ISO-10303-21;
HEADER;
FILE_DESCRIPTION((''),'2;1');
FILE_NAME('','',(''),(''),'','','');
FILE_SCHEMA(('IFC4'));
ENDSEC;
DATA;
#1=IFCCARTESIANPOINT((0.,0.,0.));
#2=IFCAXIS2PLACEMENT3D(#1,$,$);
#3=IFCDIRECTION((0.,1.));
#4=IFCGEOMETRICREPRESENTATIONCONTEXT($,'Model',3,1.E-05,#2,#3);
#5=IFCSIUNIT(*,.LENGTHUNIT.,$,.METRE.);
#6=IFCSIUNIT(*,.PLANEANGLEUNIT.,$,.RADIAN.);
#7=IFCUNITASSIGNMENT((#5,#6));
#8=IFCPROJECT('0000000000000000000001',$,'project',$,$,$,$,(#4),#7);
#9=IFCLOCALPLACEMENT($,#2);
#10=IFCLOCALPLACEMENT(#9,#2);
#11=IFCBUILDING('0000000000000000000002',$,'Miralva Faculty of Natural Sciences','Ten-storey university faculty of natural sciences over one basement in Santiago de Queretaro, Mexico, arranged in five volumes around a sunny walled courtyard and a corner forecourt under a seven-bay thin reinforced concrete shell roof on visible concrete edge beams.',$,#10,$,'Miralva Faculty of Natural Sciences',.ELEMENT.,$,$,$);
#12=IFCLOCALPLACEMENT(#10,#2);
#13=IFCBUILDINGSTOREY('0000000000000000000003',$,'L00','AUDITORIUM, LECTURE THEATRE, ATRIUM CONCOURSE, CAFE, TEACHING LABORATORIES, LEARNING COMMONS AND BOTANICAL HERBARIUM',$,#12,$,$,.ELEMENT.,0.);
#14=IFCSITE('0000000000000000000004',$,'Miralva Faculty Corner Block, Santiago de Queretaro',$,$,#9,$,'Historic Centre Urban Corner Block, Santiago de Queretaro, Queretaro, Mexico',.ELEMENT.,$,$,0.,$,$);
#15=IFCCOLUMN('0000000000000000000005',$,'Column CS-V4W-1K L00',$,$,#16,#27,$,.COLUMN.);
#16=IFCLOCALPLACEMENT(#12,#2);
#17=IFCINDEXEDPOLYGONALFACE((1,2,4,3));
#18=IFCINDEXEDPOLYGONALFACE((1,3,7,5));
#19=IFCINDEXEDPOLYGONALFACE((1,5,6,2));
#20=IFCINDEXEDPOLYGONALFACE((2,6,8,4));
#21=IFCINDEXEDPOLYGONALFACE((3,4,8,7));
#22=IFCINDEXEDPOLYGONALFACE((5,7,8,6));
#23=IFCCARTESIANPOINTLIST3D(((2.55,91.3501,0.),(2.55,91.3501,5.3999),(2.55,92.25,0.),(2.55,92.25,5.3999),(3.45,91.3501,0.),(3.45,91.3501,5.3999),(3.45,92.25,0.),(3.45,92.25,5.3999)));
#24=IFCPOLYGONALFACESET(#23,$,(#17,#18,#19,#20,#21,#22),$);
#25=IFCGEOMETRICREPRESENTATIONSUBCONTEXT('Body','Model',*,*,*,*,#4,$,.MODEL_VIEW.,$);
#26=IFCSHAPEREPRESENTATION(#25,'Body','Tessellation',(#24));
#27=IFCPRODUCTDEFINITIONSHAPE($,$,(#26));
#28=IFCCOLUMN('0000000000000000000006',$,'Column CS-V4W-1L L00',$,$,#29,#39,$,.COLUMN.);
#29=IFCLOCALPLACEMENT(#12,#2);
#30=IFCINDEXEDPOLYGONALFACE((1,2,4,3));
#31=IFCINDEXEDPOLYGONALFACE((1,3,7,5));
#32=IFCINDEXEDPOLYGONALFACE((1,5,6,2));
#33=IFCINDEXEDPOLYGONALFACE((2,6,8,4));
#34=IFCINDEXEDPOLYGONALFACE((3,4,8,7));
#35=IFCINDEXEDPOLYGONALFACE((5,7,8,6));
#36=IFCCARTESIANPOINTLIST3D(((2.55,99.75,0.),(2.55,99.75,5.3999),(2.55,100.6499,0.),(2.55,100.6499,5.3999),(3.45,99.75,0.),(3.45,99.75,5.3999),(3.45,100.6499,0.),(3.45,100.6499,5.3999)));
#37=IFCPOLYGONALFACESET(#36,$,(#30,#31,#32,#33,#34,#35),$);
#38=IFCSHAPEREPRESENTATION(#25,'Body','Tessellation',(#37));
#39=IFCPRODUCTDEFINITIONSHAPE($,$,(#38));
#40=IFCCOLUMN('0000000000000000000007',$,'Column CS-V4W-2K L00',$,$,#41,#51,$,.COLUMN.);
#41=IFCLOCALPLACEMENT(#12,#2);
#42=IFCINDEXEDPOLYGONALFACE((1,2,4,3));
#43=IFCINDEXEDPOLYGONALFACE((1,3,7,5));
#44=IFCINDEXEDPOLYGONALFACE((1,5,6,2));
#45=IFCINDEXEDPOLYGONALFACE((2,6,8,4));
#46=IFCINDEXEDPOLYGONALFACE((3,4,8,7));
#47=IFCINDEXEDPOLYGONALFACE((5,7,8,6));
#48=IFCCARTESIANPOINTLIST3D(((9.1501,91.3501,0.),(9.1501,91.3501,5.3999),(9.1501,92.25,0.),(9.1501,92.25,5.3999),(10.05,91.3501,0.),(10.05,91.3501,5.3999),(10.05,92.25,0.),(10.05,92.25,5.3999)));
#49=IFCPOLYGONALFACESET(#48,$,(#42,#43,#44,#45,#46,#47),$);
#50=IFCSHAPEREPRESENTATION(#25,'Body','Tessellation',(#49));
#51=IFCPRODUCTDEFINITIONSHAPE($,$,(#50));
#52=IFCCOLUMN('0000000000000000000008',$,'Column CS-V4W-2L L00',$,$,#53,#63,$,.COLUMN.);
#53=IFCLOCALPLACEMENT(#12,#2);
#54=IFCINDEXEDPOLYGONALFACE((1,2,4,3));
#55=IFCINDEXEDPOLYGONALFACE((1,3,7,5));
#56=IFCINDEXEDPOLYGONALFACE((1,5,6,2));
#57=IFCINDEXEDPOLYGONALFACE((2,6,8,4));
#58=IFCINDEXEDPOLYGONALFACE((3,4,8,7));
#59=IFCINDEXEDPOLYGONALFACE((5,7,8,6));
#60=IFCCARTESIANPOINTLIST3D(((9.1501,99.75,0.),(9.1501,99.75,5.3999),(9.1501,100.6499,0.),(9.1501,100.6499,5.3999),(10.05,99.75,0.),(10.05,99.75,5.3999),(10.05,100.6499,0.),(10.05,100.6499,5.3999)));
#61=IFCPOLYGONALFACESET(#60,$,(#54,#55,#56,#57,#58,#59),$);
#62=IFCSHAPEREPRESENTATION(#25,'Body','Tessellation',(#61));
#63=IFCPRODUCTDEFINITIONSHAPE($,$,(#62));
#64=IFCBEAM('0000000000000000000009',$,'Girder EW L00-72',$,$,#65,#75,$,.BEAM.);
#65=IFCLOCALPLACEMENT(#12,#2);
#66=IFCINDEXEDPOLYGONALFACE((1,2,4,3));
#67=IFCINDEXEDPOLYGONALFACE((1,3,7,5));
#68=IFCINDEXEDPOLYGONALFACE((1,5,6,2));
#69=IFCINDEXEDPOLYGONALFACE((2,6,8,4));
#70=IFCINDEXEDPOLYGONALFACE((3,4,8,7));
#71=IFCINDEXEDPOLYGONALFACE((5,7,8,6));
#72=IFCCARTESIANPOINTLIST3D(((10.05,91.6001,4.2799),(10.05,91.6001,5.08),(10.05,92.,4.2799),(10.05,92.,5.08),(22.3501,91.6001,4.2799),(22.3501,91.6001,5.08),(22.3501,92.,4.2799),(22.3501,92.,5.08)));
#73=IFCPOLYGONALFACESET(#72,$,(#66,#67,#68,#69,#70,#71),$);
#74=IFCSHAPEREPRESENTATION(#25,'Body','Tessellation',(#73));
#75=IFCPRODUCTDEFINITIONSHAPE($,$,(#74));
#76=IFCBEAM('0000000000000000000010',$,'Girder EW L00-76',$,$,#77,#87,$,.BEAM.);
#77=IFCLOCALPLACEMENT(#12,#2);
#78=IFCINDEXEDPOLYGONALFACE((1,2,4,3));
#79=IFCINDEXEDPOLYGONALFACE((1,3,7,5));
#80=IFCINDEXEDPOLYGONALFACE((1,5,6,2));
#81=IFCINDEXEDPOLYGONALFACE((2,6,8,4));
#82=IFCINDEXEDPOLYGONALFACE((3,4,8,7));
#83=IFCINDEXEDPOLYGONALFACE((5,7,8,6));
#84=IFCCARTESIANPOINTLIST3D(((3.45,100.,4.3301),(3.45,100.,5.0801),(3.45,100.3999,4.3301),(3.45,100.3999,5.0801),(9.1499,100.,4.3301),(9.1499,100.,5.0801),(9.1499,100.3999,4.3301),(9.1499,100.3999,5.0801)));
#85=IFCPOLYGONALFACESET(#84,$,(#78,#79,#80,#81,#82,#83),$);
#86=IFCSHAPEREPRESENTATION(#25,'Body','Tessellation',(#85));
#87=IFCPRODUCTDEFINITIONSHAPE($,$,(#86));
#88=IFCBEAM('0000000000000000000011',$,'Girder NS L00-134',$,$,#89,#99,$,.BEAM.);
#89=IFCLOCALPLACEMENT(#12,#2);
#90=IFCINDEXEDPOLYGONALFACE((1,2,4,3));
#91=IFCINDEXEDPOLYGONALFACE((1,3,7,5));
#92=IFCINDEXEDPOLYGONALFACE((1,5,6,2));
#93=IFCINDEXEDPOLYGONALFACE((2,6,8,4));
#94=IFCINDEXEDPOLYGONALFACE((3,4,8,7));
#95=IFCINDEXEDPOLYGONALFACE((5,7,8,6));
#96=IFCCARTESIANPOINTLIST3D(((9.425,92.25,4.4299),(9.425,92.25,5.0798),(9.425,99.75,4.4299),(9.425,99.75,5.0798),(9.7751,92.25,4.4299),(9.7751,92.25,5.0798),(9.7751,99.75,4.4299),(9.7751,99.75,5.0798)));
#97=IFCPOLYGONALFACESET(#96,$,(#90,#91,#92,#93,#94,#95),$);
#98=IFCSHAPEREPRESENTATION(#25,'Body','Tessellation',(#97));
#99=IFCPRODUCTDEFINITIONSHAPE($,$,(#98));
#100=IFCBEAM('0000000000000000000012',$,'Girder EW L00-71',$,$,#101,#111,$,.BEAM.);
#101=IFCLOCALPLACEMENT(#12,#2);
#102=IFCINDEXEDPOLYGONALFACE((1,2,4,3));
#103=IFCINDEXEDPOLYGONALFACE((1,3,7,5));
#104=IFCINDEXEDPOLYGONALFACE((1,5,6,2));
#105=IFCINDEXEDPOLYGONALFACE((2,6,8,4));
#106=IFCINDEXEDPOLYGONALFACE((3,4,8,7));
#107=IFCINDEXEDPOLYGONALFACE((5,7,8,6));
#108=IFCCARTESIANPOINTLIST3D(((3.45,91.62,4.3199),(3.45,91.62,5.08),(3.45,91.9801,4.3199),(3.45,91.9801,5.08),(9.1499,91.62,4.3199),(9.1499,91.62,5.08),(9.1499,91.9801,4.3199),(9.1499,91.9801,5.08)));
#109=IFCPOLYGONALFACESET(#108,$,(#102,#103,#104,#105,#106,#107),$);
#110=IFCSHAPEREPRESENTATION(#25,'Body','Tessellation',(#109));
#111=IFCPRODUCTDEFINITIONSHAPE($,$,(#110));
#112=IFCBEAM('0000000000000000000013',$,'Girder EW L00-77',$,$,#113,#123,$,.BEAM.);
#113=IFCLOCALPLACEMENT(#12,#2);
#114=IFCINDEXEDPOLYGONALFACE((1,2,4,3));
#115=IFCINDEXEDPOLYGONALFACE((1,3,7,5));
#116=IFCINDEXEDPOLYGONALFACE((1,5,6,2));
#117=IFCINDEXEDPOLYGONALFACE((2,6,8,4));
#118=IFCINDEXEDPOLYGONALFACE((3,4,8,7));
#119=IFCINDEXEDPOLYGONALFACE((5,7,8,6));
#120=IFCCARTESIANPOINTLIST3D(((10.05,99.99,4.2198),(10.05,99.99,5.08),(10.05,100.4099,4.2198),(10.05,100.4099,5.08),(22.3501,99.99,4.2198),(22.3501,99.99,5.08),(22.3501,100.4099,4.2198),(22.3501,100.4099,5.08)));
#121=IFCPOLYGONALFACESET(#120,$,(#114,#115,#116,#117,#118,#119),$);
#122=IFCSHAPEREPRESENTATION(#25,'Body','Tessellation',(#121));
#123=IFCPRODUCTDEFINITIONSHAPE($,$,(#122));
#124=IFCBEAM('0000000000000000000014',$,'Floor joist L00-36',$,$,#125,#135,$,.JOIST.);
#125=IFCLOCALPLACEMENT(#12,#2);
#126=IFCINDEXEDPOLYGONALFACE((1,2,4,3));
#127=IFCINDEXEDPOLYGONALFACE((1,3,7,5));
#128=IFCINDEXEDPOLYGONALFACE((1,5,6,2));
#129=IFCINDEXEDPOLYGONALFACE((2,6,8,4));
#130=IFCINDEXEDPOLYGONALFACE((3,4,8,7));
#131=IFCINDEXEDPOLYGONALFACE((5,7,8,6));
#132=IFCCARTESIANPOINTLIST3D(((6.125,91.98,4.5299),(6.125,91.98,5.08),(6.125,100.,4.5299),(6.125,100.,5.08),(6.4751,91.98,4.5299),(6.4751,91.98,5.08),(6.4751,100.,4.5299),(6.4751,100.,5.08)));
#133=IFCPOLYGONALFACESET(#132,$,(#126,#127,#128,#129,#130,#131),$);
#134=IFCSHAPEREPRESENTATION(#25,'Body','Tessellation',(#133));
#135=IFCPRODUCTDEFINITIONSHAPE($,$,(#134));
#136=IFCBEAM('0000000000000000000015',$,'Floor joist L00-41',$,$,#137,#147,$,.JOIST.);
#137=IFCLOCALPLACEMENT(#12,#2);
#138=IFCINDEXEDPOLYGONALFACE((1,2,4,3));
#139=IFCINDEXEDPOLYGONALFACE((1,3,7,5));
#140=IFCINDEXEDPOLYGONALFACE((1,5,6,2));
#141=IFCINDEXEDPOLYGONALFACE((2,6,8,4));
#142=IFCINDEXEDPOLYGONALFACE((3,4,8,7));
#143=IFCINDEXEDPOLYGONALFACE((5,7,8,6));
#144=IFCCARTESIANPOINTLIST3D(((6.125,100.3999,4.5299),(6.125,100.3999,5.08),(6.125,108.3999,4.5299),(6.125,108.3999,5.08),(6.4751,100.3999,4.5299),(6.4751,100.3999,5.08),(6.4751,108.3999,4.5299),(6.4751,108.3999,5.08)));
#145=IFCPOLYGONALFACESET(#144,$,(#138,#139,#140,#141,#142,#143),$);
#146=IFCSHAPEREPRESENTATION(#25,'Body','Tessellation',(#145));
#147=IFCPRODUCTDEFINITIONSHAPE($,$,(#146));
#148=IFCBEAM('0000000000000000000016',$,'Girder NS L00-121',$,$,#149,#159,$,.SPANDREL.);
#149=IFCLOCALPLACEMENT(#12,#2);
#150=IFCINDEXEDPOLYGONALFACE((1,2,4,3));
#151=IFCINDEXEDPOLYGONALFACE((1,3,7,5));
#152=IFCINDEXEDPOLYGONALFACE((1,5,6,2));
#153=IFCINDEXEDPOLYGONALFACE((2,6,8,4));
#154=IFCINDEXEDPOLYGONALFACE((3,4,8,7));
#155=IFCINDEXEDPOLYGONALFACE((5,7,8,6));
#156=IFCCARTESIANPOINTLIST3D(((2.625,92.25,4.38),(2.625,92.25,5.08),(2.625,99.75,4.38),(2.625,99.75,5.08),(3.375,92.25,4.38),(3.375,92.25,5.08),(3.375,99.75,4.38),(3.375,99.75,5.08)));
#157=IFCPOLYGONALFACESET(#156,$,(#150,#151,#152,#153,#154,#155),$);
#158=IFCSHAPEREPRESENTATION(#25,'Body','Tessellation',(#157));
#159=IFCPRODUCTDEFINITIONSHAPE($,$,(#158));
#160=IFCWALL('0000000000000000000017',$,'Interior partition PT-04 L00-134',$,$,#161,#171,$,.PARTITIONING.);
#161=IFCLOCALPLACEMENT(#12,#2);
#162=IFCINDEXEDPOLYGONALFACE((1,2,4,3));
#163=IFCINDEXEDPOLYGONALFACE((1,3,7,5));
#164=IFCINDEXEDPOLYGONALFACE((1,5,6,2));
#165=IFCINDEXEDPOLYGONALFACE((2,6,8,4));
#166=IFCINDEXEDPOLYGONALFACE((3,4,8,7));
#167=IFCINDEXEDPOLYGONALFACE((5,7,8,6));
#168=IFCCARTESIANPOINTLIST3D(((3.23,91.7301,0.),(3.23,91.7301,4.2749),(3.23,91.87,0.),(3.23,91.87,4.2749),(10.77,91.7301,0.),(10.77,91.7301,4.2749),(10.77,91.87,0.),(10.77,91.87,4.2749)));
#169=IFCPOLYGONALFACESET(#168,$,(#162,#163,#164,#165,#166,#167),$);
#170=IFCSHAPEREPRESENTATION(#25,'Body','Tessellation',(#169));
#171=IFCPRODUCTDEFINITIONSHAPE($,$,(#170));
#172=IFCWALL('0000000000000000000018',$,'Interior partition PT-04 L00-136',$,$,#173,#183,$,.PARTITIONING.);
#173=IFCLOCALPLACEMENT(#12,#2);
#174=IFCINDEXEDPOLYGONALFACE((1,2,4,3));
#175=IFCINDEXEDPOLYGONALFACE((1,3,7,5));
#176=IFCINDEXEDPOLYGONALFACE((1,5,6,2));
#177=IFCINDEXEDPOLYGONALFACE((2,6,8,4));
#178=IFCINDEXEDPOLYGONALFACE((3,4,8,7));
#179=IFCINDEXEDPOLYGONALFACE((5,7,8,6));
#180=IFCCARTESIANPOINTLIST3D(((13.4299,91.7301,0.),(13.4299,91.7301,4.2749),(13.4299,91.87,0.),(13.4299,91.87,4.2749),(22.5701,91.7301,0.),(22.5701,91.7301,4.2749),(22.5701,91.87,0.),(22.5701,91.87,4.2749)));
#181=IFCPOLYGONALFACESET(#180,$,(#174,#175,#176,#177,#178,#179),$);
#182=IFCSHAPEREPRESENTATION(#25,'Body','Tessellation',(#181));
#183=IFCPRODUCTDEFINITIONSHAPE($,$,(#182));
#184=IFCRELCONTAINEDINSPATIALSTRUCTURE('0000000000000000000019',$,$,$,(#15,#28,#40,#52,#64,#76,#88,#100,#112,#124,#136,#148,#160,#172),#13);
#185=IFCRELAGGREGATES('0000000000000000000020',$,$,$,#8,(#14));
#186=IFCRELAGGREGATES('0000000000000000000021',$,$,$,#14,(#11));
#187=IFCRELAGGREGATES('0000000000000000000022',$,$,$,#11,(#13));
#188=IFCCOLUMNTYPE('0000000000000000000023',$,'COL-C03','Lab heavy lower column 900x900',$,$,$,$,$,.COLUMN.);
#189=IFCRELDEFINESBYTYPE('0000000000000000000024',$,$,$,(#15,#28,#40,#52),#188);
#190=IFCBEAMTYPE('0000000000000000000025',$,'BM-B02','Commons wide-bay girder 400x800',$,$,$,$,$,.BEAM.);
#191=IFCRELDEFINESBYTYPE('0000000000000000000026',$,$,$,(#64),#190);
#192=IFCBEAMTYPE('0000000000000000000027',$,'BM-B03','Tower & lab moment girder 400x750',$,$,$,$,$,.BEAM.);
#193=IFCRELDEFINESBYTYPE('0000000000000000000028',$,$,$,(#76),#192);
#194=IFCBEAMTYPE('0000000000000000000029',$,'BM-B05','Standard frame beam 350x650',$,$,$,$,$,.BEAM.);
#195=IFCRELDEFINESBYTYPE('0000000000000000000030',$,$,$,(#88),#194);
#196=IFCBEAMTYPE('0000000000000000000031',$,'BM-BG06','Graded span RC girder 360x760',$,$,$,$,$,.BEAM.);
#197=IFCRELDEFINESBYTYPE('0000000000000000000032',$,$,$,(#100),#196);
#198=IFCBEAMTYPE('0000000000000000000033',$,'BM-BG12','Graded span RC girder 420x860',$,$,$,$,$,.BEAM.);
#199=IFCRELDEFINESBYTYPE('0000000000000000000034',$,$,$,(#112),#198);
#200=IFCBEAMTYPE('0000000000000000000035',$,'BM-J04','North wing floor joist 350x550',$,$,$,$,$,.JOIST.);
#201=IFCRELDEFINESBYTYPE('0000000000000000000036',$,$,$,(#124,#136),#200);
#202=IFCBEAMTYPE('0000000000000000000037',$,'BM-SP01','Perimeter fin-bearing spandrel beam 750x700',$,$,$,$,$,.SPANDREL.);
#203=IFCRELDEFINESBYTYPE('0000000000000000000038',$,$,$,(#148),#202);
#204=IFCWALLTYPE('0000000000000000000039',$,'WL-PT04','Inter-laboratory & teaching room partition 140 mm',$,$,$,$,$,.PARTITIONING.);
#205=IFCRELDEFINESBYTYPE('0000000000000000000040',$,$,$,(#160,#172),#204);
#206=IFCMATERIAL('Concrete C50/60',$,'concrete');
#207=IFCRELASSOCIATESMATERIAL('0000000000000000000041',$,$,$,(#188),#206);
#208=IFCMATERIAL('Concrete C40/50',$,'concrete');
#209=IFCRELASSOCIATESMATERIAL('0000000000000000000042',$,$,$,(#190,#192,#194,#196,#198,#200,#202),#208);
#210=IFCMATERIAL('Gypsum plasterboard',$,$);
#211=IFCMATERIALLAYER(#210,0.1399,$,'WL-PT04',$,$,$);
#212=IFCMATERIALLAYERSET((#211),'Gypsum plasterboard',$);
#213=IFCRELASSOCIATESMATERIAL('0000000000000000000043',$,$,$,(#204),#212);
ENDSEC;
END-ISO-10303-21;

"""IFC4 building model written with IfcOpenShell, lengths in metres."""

from ifc_helpers import new_model, si_unit, direction, frame, frame_2d, origin, origin_2d, place, context, subcontext, project, spatial, rectangle, extrude, material, layer, layer_set, material_profile, profile_set, type_object, element, save


model = new_model("IFC4")

# Units and contexts
model_context = context("Model", 3, precision=1e-05, world=origin(), true_north=direction((0.0, 1.0)))
body_context = subcontext(model_context, "Body", "Model", "MODEL_VIEW")
ifc_project = project(units=[si_unit("LENGTHUNIT", "METRE"), si_unit("PLANEANGLEUNIT", "RADIAN")], contexts=[model_context])

# Site, building, storey
site_placement = place(None, origin())
site = spatial("IfcSite", under=ifc_project, at=site_placement, Name="Miralva Faculty Corner Block, Santiago de Queretaro", LongName="Historic Centre Urban Corner Block, Santiago de Queretaro, Queretaro, Mexico", CompositionType="ELEMENT", RefElevation=0.0)
building_placement = place(site_placement, origin())
building = spatial("IfcBuilding", under=site, at=building_placement, Name="Miralva Faculty of Natural Sciences", Description="Ten-storey university faculty of natural sciences over one basement in Santiago de Queretaro, Mexico, arranged in five volumes around a sunny walled courtyard and a corner forecourt under a seven-bay thin reinforced concrete shell roof on visible concrete edge beams.", LongName="Miralva Faculty of Natural Sciences", CompositionType="ELEMENT")
storey_placement = place(building_placement, origin())
storey = spatial("IfcBuildingStorey", under=building, at=storey_placement, Name="L00", Description="AUDITORIUM, LECTURE THEATRE, ATRIUM CONCOURSE, CAFE, TEACHING LABORATORIES, LEARNING COMMONS AND BOTANICAL HERBARIUM", CompositionType="ELEMENT", Elevation=0.0)

# Columns
ifc_material_1 = material(Name="Concrete C50/60", Category="concrete")
ifc_material_profile_1 = material_profile(ifc_material_1, rectangle(XDim=0.8999, YDim=0.8999, at=origin_2d()), Name="RC 900x900")
ifc_profile_set_1 = profile_set([ifc_material_profile_1], Name="Concrete C50/60")
column_type = type_object("IfcColumnType", Name="COL-C03", Description="Lab heavy lower column 900x900", PredefinedType="COLUMN", material=ifc_profile_set_1)
for number, where, z_axis, x_axis, name in (
    (1, (3.0, 91.8, 0.0), (0.0, 0.0, 1.0), (1.0, 0.0, 0.0), "Column CS-V4W-1K L00"),
    (2, (3.0, 100.2, 0.0), (0.0, 0.0, 1.0), (1.0, 0.0, 0.0), "Column CS-V4W-1L L00"),
    (3, (9.6001, 91.8, 0.0), (0.0, 0.0, 1.0), (1.0, 0.0, 0.0), "Column CS-V4W-2K L00"),
    (4, (9.6001, 100.2, 0.0), (0.0, 0.0, 1.0), (1.0, 0.0, 0.0), "Column CS-V4W-2L L00"),
):
    element("IfcColumn", number, at=place(storey_placement, frame(where, z_axis=z_axis, x_axis=x_axis)), inside=storey, type_object=column_type, Name=name, PredefinedType="COLUMN", context=body_context, shape_type="SweptSolid", body=[
        extrude(rectangle(XDim=0.8999, YDim=0.8999, at=origin_2d()), origin(), (0.0, 0.0, 1.0), 5.3999),
    ])

# Beams
ifc_material_2 = material(Name="Concrete C40/50", Category="concrete")
ifc_material_profile_2 = material_profile(ifc_material_2, rectangle(XDim=0.3999, YDim=0.8, at=origin_2d()), Name="RC 400x800")
ifc_profile_set_2 = profile_set([ifc_material_profile_2], Name="Concrete C40/50")
beam_type_1 = type_object("IfcBeamType", Name="BM-B02", Description="Commons wide-bay girder 400x800", PredefinedType="BEAM", material=ifc_profile_set_2)
beam_1_placement = place(storey_placement, frame((10.05, 91.8, 4.6799), z_axis=(1.0, 0.0, 0.0), x_axis=(0.0, 1.0, 0.0)))
element("IfcBeam", 5, at=beam_1_placement, inside=storey, type_object=beam_type_1, Name="Girder EW L00-72", PredefinedType="BEAM", context=body_context, shape_type="SweptSolid", body=[
    extrude(rectangle(XDim=0.3999, YDim=0.8, at=origin_2d()), origin(), (0.0, 0.0, 1.0), 12.3),
])
ifc_material_profile_3 = material_profile(ifc_material_2, rectangle(XDim=0.3999, YDim=0.75, at=origin_2d()), Name="RC 400x750")
ifc_profile_set_3 = profile_set([ifc_material_profile_3], Name="Concrete C40/50")
beam_type_2 = type_object("IfcBeamType", Name="BM-B03", Description="Tower & lab moment girder 400x750", PredefinedType="BEAM", material=ifc_profile_set_3)
beam_2_placement = place(storey_placement, frame((3.45, 100.2, 4.7051), z_axis=(1.0, 0.0, 0.0), x_axis=(0.0, 1.0, 0.0)))
element("IfcBeam", 6, at=beam_2_placement, inside=storey, type_object=beam_type_2, Name="Girder EW L00-76", PredefinedType="BEAM", context=body_context, shape_type="SweptSolid", body=[
    extrude(rectangle(XDim=0.3999, YDim=0.75, at=origin_2d()), origin(), (0.0, 0.0, 1.0), 5.7),
])
ifc_material_profile_4 = material_profile(ifc_material_2, rectangle(XDim=0.3501, YDim=0.6499, at=origin_2d()), Name="RC 350x650")
ifc_profile_set_4 = profile_set([ifc_material_profile_4], Name="Concrete C40/50")
beam_type_3 = type_object("IfcBeamType", Name="BM-B05", Description="Standard frame beam 350x650", PredefinedType="BEAM", material=ifc_profile_set_4)
beam_3_placement = place(storey_placement, frame((9.6001, 92.25, 4.7549), z_axis=(0.0, 1.0, 0.0), x_axis=(-1.0, 0.0, 0.0)))
element("IfcBeam", 7, at=beam_3_placement, inside=storey, type_object=beam_type_3, Name="Girder NS L00-134", PredefinedType="BEAM", context=body_context, shape_type="SweptSolid", body=[
    extrude(rectangle(XDim=0.3501, YDim=0.6499, at=origin_2d()), origin(), (0.0, 0.0, 1.0), 7.5),
])
ifc_material_profile_5 = material_profile(ifc_material_2, rectangle(XDim=0.3601, YDim=0.76, at=origin_2d()), Name="RC 360x760")
ifc_profile_set_5 = profile_set([ifc_material_profile_5], Name="Concrete C40/50")
beam_type_4 = type_object("IfcBeamType", Name="BM-BG06", Description="Graded span RC girder 360x760", PredefinedType="BEAM", material=ifc_profile_set_5)
beam_4_placement = place(storey_placement, frame((3.45, 91.8, 4.7), z_axis=(1.0, 0.0, 0.0), x_axis=(0.0, 1.0, 0.0)))
element("IfcBeam", 8, at=beam_4_placement, inside=storey, type_object=beam_type_4, Name="Girder EW L00-71", PredefinedType="BEAM", context=body_context, shape_type="SweptSolid", body=[
    extrude(rectangle(XDim=0.3601, YDim=0.76, at=origin_2d()), origin(), (0.0, 0.0, 1.0), 5.7),
])
ifc_material_profile_6 = material_profile(ifc_material_2, rectangle(XDim=0.4199, YDim=0.8601, at=origin_2d()), Name="RC 420x860")
ifc_profile_set_6 = profile_set([ifc_material_profile_6], Name="Concrete C40/50")
beam_type_5 = type_object("IfcBeamType", Name="BM-BG12", Description="Graded span RC girder 420x860", PredefinedType="BEAM", material=ifc_profile_set_6)
beam_5_placement = place(storey_placement, frame((10.05, 100.2, 4.6499), z_axis=(1.0, 0.0, 0.0), x_axis=(0.0, 1.0, 0.0)))
element("IfcBeam", 9, at=beam_5_placement, inside=storey, type_object=beam_type_5, Name="Girder EW L00-77", PredefinedType="BEAM", context=body_context, shape_type="SweptSolid", body=[
    extrude(rectangle(XDim=0.4199, YDim=0.8601, at=origin_2d()), origin(), (0.0, 0.0, 1.0), 12.3),
])
ifc_material_profile_7 = material_profile(ifc_material_2, rectangle(XDim=0.3501, YDim=0.55, at=origin_2d()), Name="RC 350x550")
ifc_profile_set_7 = profile_set([ifc_material_profile_7], Name="Concrete C40/50")
beam_type_6 = type_object("IfcBeamType", Name="BM-J04", Description="North wing floor joist 350x550", PredefinedType="JOIST", material=ifc_profile_set_7)
beam_6_placement = place(storey_placement, frame((6.3, 91.98, 4.8049), z_axis=(0.0, 1.0, 0.0), x_axis=(-1.0, 0.0, 0.0)))
element("IfcBeam", 10, at=beam_6_placement, inside=storey, type_object=beam_type_6, Name="Floor joist L00-36", PredefinedType="JOIST", context=body_context, shape_type="SweptSolid", body=[
    extrude(rectangle(XDim=0.3501, YDim=0.55, at=origin_2d()), origin(), (0.0, 0.0, 1.0), 8.02),
])
beam_7_placement = place(storey_placement, frame((6.3, 100.3999, 4.8049), z_axis=(0.0, 1.0, 0.0), x_axis=(-1.0, 0.0, 0.0)))
element("IfcBeam", 11, at=beam_7_placement, inside=storey, type_object=beam_type_6, Name="Floor joist L00-41", PredefinedType="JOIST", context=body_context, shape_type="SweptSolid", body=[
    extrude(rectangle(XDim=0.3501, YDim=0.55, at=origin_2d()), origin(), (0.0, 0.0, 1.0), 8.0),
])
ifc_material_profile_8 = material_profile(ifc_material_2, rectangle(XDim=0.75, YDim=0.7, at=origin_2d()), Name="RC 750x700")
ifc_profile_set_8 = profile_set([ifc_material_profile_8], Name="Concrete C40/50")
beam_type_7 = type_object("IfcBeamType", Name="BM-SP01", Description="Perimeter fin-bearing spandrel beam 750x700", PredefinedType="SPANDREL", material=ifc_profile_set_8)
beam_8_placement = place(storey_placement, frame((3.0, 92.25, 4.73), z_axis=(0.0, 1.0, 0.0), x_axis=(-1.0, 0.0, 0.0)))
element("IfcBeam", 12, at=beam_8_placement, inside=storey, type_object=beam_type_7, Name="Girder NS L00-121", PredefinedType="SPANDREL", context=body_context, shape_type="SweptSolid", body=[
    extrude(rectangle(XDim=0.75, YDim=0.7, at=origin_2d()), origin(), (0.0, 0.0, 1.0), 7.5),
])

# Walls
ifc_material_3 = material(Name="Gypsum plasterboard")
ifc_layer_1 = layer(ifc_material_3, 0.1399, Name="WL-PT04")
ifc_layer_set_1 = layer_set([ifc_layer_1], Name="Gypsum plasterboard")
wall_type_1 = type_object("IfcWallType", Name="WL-PT04", Description="Inter-laboratory & teaching room partition 140 mm", PredefinedType="PARTITIONING", material=ifc_layer_set_1)
wall_1_placement = place(storey_placement, frame((3.23, 91.8, 0.0), z_axis=(0.0, 0.0, 1.0), x_axis=(1.0, 0.0, 0.0)))
element("IfcWall", 13, at=wall_1_placement, inside=storey, type_object=wall_type_1, Name="Interior partition PT-04 L00-134", PredefinedType="PARTITIONING", context=body_context, shape_type="SweptSolid", body=[
    extrude(rectangle(XDim=7.54, YDim=0.1399, at=frame_2d((3.77, 0.0))), origin(), (0.0, 0.0, 1.0), 4.2749),
])
wall_2_placement = place(storey_placement, frame((13.4299, 91.8, 0.0), z_axis=(0.0, 0.0, 1.0), x_axis=(1.0, 0.0, 0.0)))
element("IfcWall", 14, at=wall_2_placement, inside=storey, type_object=wall_type_1, Name="Interior partition PT-04 L00-136", PredefinedType="PARTITIONING", context=body_context, shape_type="SweptSolid", body=[
    extrude(rectangle(XDim=9.1401, YDim=0.1399, at=frame_2d((4.5701, 0.0))), origin(), (0.0, 0.0, 1.0), 4.2749),
])

save(model, "model.ifc")
